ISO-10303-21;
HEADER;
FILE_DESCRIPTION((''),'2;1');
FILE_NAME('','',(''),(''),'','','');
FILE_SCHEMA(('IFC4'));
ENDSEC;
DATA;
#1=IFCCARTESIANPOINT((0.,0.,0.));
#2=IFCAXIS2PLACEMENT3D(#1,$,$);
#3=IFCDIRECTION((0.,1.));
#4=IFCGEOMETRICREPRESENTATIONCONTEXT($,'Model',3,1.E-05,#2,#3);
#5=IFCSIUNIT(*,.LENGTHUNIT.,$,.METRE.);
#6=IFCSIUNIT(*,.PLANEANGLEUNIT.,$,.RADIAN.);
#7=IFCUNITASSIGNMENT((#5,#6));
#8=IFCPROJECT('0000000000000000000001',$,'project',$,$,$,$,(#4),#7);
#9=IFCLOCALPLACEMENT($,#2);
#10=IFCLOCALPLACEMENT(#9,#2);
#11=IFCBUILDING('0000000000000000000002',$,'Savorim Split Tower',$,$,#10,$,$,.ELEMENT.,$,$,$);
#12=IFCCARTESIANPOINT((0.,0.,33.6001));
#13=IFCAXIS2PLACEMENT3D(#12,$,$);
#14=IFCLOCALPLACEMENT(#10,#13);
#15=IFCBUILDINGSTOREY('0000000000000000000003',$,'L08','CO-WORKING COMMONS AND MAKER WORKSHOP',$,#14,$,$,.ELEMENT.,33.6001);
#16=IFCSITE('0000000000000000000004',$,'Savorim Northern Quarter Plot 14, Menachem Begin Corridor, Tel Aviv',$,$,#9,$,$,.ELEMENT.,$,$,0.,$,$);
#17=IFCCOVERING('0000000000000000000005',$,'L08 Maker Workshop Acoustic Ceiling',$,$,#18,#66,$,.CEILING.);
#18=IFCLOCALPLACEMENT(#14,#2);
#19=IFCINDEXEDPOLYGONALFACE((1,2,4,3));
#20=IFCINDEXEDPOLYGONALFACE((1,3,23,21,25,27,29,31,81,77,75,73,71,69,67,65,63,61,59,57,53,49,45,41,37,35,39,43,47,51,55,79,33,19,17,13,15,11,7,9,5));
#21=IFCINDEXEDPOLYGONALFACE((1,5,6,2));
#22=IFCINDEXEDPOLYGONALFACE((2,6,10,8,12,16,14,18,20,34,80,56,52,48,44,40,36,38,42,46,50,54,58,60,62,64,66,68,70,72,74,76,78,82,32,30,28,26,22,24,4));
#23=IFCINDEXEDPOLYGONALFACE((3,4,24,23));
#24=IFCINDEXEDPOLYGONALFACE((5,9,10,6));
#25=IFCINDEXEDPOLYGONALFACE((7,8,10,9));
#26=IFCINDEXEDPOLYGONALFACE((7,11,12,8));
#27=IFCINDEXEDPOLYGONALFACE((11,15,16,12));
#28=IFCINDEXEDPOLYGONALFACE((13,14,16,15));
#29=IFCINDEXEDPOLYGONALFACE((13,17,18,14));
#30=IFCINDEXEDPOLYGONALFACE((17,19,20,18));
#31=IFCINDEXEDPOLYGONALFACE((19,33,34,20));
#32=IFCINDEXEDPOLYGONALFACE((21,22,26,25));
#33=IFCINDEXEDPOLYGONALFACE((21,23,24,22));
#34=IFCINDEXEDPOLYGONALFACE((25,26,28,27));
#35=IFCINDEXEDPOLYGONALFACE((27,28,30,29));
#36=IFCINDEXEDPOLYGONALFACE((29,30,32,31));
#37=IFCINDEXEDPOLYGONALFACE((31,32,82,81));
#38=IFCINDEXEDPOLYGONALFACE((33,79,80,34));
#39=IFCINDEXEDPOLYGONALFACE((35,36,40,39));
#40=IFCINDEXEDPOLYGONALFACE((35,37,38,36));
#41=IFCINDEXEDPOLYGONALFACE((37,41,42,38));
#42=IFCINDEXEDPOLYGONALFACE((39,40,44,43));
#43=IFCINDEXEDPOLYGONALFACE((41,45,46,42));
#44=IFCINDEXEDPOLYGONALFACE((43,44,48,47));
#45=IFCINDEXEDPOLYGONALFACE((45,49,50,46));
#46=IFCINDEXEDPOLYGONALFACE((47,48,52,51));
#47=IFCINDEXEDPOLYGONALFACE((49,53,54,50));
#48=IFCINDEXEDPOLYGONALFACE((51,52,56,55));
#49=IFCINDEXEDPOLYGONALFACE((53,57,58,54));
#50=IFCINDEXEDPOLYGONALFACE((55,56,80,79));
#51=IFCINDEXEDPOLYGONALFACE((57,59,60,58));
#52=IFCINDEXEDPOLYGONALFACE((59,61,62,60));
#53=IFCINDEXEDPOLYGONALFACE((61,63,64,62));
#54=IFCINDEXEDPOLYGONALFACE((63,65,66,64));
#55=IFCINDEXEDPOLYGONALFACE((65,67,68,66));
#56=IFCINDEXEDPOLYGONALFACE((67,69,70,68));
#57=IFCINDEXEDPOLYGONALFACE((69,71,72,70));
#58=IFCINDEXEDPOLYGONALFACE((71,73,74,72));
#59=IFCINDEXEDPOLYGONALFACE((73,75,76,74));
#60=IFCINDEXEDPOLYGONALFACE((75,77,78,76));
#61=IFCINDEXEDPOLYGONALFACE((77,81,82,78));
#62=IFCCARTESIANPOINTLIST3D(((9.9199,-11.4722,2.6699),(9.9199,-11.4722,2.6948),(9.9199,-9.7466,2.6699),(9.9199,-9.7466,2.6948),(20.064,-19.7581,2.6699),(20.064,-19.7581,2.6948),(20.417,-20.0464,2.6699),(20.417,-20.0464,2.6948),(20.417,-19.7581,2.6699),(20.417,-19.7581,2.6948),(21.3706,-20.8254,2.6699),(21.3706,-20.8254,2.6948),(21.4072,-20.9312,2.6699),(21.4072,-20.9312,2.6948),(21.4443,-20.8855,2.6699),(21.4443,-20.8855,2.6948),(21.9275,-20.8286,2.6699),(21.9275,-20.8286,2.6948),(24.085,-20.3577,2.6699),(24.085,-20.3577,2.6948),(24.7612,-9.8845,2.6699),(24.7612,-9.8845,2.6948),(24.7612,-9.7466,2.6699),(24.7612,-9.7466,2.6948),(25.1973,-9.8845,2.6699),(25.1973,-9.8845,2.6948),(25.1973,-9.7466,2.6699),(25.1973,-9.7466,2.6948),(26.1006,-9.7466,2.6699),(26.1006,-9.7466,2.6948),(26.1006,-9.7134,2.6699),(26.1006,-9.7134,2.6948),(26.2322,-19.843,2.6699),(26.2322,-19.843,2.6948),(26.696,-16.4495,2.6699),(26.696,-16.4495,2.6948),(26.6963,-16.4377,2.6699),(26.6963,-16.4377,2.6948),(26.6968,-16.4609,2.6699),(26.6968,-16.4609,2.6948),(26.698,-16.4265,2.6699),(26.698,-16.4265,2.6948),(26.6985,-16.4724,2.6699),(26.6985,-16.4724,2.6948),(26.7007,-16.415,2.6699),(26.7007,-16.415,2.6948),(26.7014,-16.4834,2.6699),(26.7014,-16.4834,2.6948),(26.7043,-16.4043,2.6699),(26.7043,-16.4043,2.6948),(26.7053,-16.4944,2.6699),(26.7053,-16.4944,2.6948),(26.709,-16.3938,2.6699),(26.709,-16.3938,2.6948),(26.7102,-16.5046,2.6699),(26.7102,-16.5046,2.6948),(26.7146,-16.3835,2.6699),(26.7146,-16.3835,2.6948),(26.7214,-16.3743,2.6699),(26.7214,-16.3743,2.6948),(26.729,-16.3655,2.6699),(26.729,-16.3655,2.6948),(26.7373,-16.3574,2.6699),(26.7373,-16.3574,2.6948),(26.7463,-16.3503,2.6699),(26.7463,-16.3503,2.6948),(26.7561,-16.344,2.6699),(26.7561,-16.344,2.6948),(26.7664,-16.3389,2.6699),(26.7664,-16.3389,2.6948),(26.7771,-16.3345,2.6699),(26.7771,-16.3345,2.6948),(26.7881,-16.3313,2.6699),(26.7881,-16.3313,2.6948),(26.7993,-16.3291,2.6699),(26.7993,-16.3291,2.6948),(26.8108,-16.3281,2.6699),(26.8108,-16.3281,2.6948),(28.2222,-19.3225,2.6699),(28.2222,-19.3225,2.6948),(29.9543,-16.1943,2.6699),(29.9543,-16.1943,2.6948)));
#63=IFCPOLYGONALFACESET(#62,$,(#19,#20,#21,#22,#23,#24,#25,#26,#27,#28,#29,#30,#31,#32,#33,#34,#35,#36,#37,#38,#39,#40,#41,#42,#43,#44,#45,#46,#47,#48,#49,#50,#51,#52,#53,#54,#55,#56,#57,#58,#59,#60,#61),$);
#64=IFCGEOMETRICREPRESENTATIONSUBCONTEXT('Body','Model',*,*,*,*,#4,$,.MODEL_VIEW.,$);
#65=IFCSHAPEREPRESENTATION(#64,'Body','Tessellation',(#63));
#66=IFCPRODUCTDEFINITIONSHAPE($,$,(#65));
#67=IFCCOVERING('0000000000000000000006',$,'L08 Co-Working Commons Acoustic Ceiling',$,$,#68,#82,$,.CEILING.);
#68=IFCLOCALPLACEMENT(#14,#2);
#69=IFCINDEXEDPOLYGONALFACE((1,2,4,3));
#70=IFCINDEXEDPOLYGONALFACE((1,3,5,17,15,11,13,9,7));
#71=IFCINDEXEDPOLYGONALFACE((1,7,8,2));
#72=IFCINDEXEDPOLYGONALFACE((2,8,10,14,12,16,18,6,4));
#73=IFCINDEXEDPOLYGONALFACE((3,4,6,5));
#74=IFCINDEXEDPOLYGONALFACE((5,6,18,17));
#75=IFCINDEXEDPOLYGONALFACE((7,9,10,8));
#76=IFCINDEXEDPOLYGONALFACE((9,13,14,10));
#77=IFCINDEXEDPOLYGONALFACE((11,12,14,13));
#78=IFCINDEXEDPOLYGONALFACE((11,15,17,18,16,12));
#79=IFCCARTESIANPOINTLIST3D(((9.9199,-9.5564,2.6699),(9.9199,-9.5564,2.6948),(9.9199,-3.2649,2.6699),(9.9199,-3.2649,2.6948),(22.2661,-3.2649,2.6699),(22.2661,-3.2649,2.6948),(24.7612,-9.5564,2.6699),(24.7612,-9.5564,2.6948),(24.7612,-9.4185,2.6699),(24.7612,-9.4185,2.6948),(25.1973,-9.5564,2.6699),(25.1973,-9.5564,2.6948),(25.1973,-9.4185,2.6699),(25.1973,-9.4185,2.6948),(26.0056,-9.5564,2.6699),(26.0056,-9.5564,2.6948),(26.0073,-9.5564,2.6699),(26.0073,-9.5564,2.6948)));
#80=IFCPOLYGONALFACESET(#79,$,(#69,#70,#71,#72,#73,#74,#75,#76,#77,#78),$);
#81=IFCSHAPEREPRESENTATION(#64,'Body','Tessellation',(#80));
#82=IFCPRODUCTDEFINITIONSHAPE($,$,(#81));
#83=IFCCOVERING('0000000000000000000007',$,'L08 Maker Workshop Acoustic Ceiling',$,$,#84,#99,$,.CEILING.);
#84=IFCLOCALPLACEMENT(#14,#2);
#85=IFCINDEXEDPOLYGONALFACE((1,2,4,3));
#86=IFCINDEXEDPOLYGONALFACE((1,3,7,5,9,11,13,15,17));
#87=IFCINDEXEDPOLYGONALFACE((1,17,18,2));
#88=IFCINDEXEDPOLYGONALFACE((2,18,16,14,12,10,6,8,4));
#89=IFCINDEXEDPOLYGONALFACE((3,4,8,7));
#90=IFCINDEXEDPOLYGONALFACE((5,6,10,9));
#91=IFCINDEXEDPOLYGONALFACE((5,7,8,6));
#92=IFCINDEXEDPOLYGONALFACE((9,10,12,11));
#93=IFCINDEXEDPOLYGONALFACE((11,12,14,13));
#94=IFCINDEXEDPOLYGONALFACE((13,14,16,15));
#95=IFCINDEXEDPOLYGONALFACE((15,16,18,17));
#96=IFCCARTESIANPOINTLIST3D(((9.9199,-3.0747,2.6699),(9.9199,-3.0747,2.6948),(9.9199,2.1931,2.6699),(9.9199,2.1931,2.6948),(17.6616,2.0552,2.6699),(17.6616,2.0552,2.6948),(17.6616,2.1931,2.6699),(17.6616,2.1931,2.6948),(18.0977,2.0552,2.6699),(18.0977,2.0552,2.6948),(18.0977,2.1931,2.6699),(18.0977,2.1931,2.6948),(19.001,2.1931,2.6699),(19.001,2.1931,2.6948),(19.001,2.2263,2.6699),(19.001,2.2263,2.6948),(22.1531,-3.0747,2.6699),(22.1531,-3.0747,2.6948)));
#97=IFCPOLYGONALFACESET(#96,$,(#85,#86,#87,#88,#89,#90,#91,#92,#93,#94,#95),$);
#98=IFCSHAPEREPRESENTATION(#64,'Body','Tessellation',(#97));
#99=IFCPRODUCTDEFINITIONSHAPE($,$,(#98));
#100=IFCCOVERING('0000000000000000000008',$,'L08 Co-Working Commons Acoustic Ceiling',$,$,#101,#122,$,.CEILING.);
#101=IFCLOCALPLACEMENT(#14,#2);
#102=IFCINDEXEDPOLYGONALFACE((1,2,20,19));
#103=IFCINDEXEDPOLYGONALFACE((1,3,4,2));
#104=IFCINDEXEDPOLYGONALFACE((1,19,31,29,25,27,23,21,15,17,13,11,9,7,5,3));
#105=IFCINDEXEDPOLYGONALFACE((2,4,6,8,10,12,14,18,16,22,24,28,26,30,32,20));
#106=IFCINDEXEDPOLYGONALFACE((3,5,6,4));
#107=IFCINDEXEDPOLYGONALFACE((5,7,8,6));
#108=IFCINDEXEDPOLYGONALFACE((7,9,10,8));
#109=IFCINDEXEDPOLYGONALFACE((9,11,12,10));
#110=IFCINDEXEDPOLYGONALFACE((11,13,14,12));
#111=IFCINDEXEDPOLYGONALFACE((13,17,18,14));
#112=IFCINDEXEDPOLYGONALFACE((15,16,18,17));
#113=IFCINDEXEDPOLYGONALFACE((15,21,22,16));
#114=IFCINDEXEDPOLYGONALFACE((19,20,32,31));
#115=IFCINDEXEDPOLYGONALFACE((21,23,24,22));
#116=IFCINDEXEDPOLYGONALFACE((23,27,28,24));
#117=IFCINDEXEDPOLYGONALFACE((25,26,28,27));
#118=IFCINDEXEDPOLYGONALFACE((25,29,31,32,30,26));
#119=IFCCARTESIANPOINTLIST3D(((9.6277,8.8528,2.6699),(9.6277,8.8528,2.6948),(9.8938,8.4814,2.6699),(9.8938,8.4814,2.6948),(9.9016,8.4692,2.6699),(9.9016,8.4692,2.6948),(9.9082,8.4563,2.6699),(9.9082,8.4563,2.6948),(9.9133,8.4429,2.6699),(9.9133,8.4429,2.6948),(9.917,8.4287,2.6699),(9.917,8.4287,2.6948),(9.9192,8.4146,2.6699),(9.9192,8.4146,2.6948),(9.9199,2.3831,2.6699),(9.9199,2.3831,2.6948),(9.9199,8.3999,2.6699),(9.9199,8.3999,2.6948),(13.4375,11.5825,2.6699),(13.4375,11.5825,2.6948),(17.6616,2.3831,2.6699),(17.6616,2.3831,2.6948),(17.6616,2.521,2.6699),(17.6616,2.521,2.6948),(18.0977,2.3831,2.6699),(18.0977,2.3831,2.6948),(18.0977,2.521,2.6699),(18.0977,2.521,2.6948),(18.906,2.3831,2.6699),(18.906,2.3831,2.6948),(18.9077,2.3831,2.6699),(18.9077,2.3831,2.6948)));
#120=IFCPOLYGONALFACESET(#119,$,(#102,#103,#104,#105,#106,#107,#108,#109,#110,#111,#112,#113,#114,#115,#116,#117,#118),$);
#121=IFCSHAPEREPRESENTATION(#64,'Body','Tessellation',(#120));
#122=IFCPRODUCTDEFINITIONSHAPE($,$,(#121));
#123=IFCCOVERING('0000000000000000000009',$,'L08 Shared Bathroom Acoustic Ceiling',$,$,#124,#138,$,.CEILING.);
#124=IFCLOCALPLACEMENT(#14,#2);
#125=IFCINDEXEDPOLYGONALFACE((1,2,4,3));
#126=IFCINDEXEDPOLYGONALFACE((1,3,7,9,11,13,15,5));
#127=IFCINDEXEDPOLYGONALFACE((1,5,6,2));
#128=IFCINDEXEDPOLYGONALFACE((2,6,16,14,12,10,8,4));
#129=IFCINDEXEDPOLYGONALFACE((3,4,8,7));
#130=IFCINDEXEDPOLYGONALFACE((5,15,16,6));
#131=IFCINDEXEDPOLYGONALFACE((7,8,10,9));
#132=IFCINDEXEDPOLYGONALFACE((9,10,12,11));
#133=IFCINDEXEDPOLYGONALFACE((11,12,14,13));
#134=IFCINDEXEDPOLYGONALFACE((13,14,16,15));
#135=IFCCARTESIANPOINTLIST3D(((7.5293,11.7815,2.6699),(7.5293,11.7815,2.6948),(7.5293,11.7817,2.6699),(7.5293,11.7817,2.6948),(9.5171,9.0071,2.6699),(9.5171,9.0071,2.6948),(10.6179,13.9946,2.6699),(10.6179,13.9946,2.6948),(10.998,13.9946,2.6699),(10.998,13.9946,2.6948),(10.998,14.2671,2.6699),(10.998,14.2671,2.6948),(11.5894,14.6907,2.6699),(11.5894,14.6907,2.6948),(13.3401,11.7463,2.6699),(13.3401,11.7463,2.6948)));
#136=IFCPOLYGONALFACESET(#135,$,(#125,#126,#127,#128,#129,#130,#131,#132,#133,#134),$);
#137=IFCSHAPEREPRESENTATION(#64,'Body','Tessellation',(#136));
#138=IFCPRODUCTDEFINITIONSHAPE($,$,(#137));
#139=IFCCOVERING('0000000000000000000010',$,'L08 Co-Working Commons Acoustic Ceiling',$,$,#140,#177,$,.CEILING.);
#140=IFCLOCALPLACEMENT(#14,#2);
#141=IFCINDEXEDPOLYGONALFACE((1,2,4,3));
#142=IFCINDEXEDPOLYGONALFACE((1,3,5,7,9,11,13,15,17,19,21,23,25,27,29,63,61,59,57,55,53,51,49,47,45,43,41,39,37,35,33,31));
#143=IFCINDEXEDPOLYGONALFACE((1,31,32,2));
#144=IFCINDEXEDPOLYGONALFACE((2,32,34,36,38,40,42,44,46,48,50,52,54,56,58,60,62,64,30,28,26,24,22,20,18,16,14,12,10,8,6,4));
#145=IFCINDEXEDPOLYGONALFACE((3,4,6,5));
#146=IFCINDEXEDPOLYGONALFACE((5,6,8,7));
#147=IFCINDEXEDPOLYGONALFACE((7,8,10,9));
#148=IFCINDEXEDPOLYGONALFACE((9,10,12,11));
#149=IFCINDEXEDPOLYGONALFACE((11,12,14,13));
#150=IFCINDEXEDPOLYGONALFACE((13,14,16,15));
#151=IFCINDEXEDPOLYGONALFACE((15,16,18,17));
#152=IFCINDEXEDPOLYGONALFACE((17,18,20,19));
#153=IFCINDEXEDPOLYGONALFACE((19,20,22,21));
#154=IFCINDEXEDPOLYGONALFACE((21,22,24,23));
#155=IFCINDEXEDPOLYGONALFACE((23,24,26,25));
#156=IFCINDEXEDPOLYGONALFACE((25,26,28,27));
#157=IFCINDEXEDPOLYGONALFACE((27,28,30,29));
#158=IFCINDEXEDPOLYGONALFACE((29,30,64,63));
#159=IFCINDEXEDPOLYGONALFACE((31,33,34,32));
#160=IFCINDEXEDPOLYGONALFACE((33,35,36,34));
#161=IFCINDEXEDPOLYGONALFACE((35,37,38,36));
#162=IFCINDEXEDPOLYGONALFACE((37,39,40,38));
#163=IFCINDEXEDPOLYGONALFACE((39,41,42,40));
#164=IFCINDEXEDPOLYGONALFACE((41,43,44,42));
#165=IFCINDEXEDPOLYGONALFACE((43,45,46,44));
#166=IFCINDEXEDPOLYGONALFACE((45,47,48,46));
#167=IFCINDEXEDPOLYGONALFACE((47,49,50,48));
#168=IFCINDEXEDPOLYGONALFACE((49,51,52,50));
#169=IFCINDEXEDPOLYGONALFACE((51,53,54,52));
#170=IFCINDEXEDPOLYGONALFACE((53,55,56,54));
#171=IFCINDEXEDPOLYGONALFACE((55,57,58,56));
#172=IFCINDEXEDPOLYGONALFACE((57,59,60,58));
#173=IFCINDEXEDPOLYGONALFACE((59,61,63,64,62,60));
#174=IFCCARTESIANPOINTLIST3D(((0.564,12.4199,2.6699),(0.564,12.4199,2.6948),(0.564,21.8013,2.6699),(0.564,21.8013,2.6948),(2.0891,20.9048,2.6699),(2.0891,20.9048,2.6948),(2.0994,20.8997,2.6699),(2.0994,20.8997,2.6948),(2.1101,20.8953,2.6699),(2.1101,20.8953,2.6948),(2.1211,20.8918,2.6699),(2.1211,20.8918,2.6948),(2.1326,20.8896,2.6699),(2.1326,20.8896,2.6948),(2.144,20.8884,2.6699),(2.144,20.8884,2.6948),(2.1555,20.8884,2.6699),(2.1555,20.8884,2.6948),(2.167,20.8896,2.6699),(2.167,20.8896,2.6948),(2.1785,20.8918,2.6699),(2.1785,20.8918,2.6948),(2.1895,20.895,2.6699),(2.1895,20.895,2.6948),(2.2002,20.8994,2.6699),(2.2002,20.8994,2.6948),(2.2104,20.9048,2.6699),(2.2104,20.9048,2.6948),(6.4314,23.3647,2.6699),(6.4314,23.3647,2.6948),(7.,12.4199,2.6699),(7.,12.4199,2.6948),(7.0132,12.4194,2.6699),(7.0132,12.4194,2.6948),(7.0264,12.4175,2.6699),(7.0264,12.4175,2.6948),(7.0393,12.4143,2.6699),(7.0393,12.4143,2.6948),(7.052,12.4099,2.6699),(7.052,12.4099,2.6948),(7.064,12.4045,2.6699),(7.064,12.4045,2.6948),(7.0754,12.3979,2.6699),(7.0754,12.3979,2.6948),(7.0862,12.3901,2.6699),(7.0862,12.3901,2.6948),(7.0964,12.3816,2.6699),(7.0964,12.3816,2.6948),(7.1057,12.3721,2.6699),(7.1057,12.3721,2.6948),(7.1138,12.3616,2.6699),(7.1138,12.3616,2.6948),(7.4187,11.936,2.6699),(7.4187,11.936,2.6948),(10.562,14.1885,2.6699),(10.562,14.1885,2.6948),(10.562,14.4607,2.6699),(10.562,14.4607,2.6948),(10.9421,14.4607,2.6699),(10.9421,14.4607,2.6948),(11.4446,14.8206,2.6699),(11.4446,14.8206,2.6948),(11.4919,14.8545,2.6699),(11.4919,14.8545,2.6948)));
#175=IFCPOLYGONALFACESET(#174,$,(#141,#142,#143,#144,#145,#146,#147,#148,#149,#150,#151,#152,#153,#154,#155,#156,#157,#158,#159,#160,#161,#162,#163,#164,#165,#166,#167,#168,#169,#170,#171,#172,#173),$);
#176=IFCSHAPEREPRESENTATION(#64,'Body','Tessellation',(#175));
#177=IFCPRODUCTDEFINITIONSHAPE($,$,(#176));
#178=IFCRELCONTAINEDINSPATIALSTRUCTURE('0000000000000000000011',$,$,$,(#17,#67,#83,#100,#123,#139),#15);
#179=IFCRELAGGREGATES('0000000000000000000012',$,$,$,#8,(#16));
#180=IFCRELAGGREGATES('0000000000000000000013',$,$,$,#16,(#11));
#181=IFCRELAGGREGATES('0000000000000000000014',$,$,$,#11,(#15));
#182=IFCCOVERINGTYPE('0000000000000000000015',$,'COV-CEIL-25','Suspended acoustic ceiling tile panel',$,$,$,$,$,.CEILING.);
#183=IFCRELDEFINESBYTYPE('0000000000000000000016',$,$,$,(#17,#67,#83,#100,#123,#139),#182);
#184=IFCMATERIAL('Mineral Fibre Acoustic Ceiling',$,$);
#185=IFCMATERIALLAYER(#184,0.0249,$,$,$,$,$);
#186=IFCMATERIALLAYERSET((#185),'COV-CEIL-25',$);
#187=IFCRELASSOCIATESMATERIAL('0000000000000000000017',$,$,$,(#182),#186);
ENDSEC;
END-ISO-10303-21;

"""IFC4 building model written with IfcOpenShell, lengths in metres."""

from ifc_helpers import new_model, si_unit, direction, frame, origin, place, context, subcontext, project, spatial, polyline, outline, extrude, material, layer, layer_set, type_object, element, save


model = new_model("IFC4")

# Units and contexts
model_context = context("Model", 3, precision=1e-05, world=origin(), true_north=direction((0.0, 1.0)))
body_context = subcontext(model_context, "Body", "Model", "MODEL_VIEW")
ifc_project = project(units=[si_unit("LENGTHUNIT", "METRE"), si_unit("PLANEANGLEUNIT", "RADIAN")], contexts=[model_context])

# Site, building, storey
site_placement = place(None, origin())
site = spatial("IfcSite", under=ifc_project, at=site_placement, Name="Savorim Northern Quarter Plot 14, Menachem Begin Corridor, Tel Aviv", CompositionType="ELEMENT", RefElevation=0.0)
building_placement = place(site_placement, origin())
building = spatial("IfcBuilding", under=site, at=building_placement, Name="Savorim Split Tower", CompositionType="ELEMENT")
storey_placement = place(building_placement, frame((0.0, 0.0, 33.6001)))
storey = spatial("IfcBuildingStorey", under=building, at=storey_placement, Name="L08", Description="CO-WORKING COMMONS AND MAKER WORKSHOP", CompositionType="ELEMENT", Elevation=33.6001)

# Coverings
ifc_material_1 = material(Name="Mineral Fibre Acoustic Ceiling")
ifc_layer_1 = layer(ifc_material_1, 0.0249)
ifc_layer_set_1 = layer_set([ifc_layer_1], Name="COV-CEIL-25")
covering_type_1 = type_object("IfcCoveringType", Name="COV-CEIL-25", Description="Suspended acoustic ceiling tile panel", PredefinedType="CEILING", material=ifc_layer_set_1)
covering_1_placement = place(storey_placement, frame((0.0, 0.0, 2.6699)))
element("IfcCovering", 1, at=covering_1_placement, inside=storey, type_object=covering_type_1, Name="L08 Maker Workshop Acoustic Ceiling", PredefinedType="CEILING", context=body_context, shape_type="SweptSolid", body=[
    extrude(outline(polyline([(26.7881, -16.3313), (26.7993, -16.3291), (26.8108, -16.3281), (29.9543, -16.1943), (26.1006, -9.7134), (26.1006, -9.7466), (25.1973, -9.7466), (25.1973, -9.8845), (24.7612, -9.8845), (24.7612, -9.7466), (9.9199, -9.7466), (9.9199, -11.4722), (20.064, -19.7581), (20.417, -19.7581), (20.417, -20.0464), (21.3706, -20.8254), (21.4443, -20.8855), (21.4072, -20.9312), (21.9275, -20.8286), (24.085, -20.3577), (26.2322, -19.843), (28.2222, -19.3225), (26.7102, -16.5046), (26.7053, -16.4944), (26.7014, -16.4834), (26.6985, -16.4724), (26.6968, -16.4609), (26.696, -16.4495), (26.6963, -16.4377), (26.698, -16.4265), (26.7007, -16.415), (26.7043, -16.4043), (26.709, -16.3938), (26.7146, -16.3835), (26.7214, -16.3743), (26.729, -16.3655), (26.7373, -16.3574), (26.7463, -16.3503), (26.7561, -16.344), (26.7664, -16.3389), (26.7771, -16.3345), (26.7881, -16.3313)])), origin(), (0.0, 0.0, 1.0), 0.0249),
])
covering_2_placement = place(storey_placement, frame((0.0, 0.0, 2.6699)))
element("IfcCovering", 2, at=covering_2_placement, inside=storey, type_object=covering_type_1, Name="L08 Co-Working Commons Acoustic Ceiling", PredefinedType="CEILING", context=body_context, shape_type="SweptSolid", body=[
    extrude(outline(polyline([(25.1973, -9.4185), (25.1973, -9.5564), (26.0056, -9.5564), (26.0073, -9.5564), (22.2661, -3.2649), (9.9199, -3.2649), (9.9199, -9.5564), (24.7612, -9.5564), (24.7612, -9.4185), (25.1973, -9.4185)])), origin(), (0.0, 0.0, 1.0), 0.0249),
])
covering_3_placement = place(storey_placement, frame((0.0, 0.0, 2.6699)))
element("IfcCovering", 3, at=covering_3_placement, inside=storey, type_object=covering_type_1, Name="L08 Maker Workshop Acoustic Ceiling", PredefinedType="CEILING", context=body_context, shape_type="SweptSolid", body=[
    extrude(outline(polyline([(17.6616, 2.0552), (17.6616, 2.1931), (9.9199, 2.1931), (9.9199, -3.0747), (22.1531, -3.0747), (19.001, 2.2263), (19.001, 2.1931), (18.0977, 2.1931), (18.0977, 2.0552), (17.6616, 2.0552)])), origin(), (0.0, 0.0, 1.0), 0.0249),
])
covering_4_placement = place(storey_placement, frame((0.0, 0.0, 2.6699)))
element("IfcCovering", 4, at=covering_4_placement, inside=storey, type_object=covering_type_1, Name="L08 Co-Working Commons Acoustic Ceiling", PredefinedType="CEILING", context=body_context, shape_type="SweptSolid", body=[
    extrude(outline(polyline([(18.0977, 2.521), (18.0977, 2.3831), (18.906, 2.3831), (18.9077, 2.3831), (13.4375, 11.5825), (9.6277, 8.8528), (9.8938, 8.4814), (9.9016, 8.4692), (9.9082, 8.4563), (9.9133, 8.4429), (9.917, 8.4287), (9.9192, 8.4146), (9.9199, 8.3999), (9.9199, 2.3831), (17.6616, 2.3831), (17.6616, 2.521), (18.0977, 2.521)])), origin(), (0.0, 0.0, 1.0), 0.0249),
])
covering_5_placement = place(storey_placement, frame((0.0, 0.0, 2.6699)))
element("IfcCovering", 5, at=covering_5_placement, inside=storey, type_object=covering_type_1, Name="L08 Shared Bathroom Acoustic Ceiling", PredefinedType="CEILING", context=body_context, shape_type="SweptSolid", body=[
    extrude(outline(polyline([(10.6179, 13.9946), (7.5293, 11.7817), (7.5293, 11.7815), (9.5171, 9.0071), (13.3401, 11.7463), (11.5894, 14.6907), (10.998, 14.2671), (10.998, 13.9946), (10.6179, 13.9946)])), origin(), (0.0, 0.0, 1.0), 0.0249),
])
covering_6_placement = place(storey_placement, frame((0.0, 0.0, 2.6699)))
element("IfcCovering", 6, at=covering_6_placement, inside=storey, type_object=covering_type_1, Name="L08 Co-Working Commons Acoustic Ceiling", PredefinedType="CEILING", context=body_context, shape_type="SweptSolid", body=[
    extrude(outline(polyline([(2.1101, 20.8953), (2.0994, 20.8997), (2.0891, 20.9048), (0.564, 21.8013), (0.564, 12.4199), (7.0, 12.4199), (7.0132, 12.4194), (7.0264, 12.4175), (7.0393, 12.4143), (7.052, 12.4099), (7.064, 12.4045), (7.0754, 12.3979), (7.0862, 12.3901), (7.0964, 12.3816), (7.1057, 12.3721), (7.1138, 12.3616), (7.4187, 11.936), (10.562, 14.1885), (10.562, 14.4607), (10.9421, 14.4607), (11.4446, 14.8206), (11.4919, 14.8545), (6.4314, 23.3647), (2.2104, 20.9048), (2.2002, 20.8994), (2.1895, 20.895), (2.1785, 20.8918), (2.167, 20.8896), (2.1555, 20.8884), (2.144, 20.8884), (2.1326, 20.8896), (2.1211, 20.8918), (2.1101, 20.8953)])), origin(), (0.0, 0.0, 1.0), 0.0249),
])

save(model, "model.ifc")
